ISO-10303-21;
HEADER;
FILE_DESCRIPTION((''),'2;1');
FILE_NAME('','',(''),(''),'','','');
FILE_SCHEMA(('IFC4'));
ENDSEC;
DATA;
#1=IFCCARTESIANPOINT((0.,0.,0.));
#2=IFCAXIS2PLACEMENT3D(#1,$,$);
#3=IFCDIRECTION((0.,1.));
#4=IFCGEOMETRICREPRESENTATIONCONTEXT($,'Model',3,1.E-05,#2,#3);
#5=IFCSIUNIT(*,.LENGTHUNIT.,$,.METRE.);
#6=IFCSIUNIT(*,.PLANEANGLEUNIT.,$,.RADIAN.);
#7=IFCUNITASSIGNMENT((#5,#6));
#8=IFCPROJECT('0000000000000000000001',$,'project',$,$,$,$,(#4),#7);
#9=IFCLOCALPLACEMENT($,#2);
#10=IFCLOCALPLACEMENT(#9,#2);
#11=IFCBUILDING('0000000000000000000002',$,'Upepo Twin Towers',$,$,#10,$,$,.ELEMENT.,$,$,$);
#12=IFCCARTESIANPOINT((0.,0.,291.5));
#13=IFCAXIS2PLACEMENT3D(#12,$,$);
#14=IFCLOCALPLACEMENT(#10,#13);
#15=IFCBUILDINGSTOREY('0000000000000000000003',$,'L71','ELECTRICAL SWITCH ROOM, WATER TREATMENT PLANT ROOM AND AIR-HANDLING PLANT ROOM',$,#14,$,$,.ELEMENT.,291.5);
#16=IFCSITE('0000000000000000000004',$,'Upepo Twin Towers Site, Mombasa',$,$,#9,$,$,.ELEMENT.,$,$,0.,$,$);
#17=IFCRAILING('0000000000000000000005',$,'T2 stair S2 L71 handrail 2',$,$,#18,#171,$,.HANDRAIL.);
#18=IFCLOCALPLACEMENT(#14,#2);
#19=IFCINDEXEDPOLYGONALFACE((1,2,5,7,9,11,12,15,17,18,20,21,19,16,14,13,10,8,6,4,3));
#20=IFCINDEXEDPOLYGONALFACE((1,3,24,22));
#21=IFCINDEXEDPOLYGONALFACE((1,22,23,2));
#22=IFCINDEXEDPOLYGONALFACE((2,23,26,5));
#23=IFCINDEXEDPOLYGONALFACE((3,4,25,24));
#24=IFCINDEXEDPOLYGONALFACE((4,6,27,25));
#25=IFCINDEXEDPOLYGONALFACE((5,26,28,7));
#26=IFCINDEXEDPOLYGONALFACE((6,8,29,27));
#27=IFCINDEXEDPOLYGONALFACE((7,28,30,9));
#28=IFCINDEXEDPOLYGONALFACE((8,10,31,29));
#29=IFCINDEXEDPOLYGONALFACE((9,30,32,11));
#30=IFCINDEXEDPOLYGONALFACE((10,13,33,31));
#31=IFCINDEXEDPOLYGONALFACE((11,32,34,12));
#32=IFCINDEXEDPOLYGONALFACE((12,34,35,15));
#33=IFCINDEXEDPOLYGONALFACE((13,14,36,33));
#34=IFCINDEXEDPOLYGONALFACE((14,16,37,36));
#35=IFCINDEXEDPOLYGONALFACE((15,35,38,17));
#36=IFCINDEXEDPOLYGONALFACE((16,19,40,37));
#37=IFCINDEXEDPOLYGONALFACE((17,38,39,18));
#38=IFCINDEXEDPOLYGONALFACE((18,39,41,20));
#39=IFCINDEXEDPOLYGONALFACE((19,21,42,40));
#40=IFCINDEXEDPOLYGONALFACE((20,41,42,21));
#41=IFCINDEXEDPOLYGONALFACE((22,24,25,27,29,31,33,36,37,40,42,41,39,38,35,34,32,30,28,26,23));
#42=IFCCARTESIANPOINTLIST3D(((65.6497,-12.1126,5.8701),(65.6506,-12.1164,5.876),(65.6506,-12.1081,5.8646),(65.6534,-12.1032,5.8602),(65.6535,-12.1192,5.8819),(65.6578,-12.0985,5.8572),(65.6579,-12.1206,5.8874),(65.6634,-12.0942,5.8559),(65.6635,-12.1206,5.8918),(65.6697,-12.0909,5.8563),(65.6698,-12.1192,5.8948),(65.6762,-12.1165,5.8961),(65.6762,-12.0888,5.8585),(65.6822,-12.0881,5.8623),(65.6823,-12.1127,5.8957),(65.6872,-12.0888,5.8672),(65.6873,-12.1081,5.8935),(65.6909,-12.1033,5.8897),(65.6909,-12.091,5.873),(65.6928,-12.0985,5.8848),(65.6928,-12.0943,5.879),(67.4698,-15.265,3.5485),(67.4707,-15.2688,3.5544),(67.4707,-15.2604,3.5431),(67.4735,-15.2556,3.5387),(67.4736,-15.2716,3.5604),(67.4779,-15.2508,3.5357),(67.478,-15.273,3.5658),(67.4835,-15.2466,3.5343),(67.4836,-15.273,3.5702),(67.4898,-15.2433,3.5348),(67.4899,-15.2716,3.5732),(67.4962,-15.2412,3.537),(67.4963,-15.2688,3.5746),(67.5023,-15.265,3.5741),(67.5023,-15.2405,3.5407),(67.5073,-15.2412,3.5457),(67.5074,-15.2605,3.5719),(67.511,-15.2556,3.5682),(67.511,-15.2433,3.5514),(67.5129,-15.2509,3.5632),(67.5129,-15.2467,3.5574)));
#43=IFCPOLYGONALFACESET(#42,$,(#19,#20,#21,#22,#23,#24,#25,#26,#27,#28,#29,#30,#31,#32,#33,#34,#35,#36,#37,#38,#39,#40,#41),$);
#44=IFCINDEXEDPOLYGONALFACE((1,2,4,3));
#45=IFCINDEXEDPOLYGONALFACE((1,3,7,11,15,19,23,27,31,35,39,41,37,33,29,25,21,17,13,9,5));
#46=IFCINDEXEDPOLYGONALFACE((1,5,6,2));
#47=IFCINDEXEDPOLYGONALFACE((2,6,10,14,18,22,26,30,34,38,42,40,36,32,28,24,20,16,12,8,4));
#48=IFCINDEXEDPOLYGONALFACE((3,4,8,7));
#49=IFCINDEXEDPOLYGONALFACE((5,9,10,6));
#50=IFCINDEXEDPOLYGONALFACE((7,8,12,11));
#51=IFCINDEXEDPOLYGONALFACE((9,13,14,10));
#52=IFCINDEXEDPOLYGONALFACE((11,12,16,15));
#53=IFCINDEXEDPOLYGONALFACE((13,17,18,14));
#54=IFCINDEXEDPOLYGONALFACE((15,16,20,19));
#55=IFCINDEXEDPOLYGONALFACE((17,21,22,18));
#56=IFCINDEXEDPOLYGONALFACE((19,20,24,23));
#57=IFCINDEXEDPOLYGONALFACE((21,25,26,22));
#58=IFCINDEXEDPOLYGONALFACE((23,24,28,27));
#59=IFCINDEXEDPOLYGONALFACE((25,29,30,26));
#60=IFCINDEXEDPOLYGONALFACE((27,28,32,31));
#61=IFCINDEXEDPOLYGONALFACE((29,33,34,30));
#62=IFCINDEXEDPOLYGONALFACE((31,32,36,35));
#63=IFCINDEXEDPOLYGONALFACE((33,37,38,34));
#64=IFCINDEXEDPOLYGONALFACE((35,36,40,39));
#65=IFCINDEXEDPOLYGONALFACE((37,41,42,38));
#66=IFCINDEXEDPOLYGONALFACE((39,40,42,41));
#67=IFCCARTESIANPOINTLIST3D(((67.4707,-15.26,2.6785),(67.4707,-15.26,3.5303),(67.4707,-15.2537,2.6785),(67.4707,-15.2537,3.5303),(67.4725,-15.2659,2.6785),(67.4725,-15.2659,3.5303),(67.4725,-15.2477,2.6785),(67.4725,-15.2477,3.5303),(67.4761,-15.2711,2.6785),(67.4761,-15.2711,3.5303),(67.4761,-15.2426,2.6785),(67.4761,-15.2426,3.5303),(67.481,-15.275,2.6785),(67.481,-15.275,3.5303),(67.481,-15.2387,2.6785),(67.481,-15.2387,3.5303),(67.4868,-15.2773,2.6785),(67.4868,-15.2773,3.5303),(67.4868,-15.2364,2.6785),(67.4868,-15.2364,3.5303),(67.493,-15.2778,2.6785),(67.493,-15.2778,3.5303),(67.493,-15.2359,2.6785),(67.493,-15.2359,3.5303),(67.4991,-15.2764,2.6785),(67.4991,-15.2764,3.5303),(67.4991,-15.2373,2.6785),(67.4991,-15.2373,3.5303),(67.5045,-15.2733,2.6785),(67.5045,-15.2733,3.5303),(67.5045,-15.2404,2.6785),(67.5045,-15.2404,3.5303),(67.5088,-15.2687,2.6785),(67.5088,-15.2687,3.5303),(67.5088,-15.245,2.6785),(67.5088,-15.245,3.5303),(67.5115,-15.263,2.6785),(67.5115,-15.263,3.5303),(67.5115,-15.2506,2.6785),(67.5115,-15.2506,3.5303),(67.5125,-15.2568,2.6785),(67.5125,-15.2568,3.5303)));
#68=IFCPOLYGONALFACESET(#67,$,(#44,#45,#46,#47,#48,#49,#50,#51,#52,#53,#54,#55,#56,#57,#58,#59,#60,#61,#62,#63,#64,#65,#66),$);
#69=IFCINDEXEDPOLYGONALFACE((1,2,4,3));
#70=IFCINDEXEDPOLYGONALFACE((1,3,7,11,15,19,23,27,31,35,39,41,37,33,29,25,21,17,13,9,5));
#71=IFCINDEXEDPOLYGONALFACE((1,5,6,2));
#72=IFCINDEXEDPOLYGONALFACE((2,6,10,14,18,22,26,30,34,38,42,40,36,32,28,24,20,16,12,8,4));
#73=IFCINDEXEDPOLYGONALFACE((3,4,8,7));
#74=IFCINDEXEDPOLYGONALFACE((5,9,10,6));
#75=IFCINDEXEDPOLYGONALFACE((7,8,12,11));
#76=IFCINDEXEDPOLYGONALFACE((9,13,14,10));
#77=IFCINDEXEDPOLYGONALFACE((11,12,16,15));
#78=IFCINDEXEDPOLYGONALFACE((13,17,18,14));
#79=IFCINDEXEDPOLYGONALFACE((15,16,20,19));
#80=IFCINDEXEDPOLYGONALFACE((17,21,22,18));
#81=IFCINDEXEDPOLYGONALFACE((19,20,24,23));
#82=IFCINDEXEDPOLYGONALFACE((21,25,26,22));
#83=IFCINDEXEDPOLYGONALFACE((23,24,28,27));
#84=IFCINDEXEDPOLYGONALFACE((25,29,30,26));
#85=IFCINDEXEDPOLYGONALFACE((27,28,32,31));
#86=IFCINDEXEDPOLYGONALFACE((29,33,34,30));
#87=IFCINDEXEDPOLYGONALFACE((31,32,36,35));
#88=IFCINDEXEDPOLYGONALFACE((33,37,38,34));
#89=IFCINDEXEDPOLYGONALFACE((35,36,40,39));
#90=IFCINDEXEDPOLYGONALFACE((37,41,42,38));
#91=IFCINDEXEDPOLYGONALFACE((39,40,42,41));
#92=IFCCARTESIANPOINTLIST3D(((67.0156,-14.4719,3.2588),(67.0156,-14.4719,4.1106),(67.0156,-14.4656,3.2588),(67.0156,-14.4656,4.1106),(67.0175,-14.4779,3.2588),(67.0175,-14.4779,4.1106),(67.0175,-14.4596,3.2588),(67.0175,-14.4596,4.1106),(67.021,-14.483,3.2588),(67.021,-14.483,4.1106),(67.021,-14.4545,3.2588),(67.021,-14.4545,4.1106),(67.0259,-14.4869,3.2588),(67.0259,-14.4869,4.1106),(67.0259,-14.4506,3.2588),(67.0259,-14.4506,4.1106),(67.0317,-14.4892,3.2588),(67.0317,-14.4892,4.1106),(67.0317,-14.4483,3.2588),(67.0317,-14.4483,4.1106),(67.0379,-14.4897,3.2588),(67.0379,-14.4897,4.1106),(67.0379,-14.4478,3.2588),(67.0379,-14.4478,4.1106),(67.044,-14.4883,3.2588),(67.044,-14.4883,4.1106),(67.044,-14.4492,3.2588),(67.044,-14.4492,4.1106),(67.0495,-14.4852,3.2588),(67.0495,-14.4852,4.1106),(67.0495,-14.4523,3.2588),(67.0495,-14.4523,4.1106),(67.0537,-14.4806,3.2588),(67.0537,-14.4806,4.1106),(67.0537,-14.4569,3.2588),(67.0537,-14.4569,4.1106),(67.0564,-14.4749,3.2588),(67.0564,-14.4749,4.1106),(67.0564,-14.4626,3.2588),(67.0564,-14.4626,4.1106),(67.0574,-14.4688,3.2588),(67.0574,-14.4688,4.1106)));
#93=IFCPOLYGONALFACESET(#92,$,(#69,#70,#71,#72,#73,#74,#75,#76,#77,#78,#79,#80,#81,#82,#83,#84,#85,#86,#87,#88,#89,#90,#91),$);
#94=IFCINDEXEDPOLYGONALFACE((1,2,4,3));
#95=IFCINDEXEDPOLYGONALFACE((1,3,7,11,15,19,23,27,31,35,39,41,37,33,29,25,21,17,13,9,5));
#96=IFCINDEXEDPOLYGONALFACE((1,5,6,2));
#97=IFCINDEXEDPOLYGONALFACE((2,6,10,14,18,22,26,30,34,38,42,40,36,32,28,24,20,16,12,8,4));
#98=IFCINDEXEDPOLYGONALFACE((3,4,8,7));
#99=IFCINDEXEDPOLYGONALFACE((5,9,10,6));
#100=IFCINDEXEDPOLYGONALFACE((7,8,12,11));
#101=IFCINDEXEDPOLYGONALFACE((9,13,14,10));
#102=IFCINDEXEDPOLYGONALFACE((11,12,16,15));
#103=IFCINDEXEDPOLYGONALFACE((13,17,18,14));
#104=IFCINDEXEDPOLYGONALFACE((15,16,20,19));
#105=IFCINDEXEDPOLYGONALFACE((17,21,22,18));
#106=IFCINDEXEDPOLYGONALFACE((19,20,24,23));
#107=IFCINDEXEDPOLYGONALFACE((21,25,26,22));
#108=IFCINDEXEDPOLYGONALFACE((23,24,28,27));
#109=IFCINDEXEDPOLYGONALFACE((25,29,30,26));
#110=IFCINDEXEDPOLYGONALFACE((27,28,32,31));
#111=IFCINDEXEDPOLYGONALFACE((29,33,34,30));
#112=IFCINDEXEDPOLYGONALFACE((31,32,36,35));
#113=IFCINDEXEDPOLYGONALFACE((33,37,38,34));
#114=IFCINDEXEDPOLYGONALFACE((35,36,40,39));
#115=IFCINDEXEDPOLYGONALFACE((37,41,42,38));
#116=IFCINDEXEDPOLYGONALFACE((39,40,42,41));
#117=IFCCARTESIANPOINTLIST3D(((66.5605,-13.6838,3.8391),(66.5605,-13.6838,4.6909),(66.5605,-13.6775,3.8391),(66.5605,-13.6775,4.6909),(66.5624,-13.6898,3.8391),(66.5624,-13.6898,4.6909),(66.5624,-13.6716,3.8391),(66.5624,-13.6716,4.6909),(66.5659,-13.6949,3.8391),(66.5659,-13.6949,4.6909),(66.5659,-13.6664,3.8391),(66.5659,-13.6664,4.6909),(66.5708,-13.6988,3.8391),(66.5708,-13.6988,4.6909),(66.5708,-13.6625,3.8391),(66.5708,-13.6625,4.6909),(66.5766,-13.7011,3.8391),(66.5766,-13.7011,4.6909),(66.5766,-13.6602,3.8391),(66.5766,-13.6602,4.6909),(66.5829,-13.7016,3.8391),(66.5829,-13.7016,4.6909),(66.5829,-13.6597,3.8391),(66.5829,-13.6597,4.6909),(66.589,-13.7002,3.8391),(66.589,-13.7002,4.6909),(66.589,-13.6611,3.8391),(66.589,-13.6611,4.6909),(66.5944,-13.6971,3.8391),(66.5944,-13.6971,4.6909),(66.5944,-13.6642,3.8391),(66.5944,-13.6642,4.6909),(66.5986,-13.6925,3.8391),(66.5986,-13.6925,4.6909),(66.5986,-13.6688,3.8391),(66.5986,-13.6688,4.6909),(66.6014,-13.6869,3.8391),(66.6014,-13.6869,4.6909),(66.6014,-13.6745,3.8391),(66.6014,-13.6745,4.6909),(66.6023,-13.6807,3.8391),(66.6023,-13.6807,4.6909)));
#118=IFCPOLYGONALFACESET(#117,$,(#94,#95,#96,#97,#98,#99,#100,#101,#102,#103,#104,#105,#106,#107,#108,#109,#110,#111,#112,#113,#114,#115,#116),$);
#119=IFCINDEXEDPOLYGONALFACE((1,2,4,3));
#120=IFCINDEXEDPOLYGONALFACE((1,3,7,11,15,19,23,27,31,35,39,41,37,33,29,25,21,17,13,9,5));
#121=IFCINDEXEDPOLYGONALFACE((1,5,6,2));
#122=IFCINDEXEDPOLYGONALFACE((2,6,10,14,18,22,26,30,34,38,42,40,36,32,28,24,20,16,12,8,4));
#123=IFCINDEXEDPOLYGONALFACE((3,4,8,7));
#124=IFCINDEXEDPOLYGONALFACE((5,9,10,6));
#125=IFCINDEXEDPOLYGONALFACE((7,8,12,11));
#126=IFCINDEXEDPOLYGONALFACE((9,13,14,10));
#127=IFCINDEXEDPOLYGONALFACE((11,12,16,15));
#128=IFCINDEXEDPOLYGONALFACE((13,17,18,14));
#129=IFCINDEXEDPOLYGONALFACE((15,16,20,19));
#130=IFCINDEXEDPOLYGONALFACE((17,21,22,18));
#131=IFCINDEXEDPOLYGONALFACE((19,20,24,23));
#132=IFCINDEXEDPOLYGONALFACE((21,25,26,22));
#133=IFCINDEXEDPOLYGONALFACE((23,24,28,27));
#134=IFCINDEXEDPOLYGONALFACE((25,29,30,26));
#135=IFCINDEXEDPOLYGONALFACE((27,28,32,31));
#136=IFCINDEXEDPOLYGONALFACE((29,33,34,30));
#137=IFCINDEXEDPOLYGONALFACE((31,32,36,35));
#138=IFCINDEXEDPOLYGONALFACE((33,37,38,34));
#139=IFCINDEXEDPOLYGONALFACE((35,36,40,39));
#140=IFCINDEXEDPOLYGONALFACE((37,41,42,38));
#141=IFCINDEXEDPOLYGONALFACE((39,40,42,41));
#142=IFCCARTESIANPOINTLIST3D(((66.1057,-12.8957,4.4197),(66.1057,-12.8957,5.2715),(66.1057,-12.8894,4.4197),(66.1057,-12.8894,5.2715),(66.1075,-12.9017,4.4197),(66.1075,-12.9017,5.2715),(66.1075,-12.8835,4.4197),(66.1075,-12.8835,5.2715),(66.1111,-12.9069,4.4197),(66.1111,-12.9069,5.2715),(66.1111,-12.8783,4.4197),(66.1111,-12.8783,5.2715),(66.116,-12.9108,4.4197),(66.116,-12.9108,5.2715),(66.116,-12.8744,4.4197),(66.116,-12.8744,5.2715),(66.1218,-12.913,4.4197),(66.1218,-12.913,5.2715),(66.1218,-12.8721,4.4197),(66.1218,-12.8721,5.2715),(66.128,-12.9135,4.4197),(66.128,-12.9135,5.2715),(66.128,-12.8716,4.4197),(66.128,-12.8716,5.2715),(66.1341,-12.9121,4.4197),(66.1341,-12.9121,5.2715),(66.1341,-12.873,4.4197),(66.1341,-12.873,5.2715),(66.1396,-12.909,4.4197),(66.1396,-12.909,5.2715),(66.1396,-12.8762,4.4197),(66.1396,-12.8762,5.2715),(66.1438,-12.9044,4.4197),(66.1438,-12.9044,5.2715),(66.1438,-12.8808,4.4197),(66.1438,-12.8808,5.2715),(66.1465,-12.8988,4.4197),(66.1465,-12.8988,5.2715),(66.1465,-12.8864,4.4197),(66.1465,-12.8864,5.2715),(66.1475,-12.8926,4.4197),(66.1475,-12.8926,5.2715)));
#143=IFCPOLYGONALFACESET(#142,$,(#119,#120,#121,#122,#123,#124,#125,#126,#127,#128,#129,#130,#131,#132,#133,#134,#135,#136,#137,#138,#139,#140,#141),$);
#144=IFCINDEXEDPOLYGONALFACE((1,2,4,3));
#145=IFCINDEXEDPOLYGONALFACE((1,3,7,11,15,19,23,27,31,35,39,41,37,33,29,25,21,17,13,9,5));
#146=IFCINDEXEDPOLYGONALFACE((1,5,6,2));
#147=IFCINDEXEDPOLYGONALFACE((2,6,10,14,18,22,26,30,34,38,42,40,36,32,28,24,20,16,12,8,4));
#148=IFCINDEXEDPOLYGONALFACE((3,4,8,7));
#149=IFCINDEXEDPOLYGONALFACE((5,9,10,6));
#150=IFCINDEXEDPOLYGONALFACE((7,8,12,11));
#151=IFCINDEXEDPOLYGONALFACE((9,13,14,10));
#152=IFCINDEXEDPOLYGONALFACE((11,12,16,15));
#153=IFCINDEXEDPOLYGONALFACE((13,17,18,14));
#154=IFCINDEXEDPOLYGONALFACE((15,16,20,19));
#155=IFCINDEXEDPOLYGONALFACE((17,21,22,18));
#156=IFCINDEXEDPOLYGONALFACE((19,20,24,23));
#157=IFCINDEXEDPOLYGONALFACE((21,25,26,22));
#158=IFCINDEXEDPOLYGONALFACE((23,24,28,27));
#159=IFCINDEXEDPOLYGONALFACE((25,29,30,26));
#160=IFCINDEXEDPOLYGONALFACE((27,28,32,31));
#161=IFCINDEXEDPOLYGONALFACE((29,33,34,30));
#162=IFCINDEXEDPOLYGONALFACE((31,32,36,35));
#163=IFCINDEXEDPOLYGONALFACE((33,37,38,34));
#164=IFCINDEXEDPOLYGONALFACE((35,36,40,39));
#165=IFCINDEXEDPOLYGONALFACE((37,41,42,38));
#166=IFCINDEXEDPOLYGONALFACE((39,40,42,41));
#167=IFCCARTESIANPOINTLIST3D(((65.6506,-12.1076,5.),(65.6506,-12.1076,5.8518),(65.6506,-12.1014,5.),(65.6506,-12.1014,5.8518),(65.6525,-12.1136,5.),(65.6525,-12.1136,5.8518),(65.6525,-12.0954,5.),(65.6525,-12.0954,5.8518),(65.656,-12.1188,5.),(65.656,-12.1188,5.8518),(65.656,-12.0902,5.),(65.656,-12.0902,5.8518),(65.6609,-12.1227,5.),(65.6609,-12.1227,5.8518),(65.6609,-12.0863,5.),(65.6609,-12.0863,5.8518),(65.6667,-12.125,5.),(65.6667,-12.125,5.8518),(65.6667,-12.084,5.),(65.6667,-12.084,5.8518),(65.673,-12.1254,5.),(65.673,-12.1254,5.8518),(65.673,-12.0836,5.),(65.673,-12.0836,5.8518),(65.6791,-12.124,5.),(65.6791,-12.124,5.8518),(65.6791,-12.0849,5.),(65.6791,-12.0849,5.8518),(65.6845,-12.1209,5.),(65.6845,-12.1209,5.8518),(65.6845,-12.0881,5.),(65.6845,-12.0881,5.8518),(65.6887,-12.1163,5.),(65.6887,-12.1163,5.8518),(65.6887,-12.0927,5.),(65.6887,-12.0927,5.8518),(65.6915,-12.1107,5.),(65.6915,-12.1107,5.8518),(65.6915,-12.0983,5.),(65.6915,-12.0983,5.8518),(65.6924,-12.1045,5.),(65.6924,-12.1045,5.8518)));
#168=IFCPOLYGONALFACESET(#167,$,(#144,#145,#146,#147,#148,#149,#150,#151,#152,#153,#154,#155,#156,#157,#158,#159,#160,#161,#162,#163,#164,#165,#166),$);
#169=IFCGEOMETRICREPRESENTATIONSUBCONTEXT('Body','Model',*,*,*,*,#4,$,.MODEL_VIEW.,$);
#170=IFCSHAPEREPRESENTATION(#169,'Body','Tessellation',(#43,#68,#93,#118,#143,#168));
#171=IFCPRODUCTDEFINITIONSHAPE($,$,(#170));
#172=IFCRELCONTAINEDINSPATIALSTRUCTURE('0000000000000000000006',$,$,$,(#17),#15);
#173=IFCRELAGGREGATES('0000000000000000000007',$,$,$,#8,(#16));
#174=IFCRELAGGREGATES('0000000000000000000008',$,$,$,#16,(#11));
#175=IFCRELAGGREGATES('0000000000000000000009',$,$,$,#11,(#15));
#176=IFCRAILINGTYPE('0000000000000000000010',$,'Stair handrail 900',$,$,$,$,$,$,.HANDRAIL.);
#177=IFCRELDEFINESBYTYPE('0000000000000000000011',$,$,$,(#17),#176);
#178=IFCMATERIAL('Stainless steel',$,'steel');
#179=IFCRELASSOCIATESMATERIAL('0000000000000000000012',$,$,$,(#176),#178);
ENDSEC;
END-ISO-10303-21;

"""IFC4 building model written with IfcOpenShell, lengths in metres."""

from ifc_helpers import new_model, si_unit, direction, frame, origin, origin_2d, place, context, subcontext, project, spatial, circle, extrude, material, type_object, element, save


model = new_model("IFC4")

# Units and contexts
model_context = context("Model", 3, precision=1e-05, world=origin(), true_north=direction((0.0, 1.0)))
body_context = subcontext(model_context, "Body", "Model", "MODEL_VIEW")
ifc_project = project(units=[si_unit("LENGTHUNIT", "METRE"), si_unit("PLANEANGLEUNIT", "RADIAN")], contexts=[model_context])

# Site, building, storey
site_placement = place(None, origin())
site = spatial("IfcSite", under=ifc_project, at=site_placement, Name="Upepo Twin Towers Site, Mombasa", CompositionType="ELEMENT", RefElevation=0.0)
building_placement = place(site_placement, origin())
building = spatial("IfcBuilding", under=site, at=building_placement, Name="Upepo Twin Towers", CompositionType="ELEMENT")
storey_placement = place(building_placement, frame((0.0, 0.0, 291.5)))
storey = spatial("IfcBuildingStorey", under=building, at=storey_placement, Name="L71", Description="ELECTRICAL SWITCH ROOM, WATER TREATMENT PLANT ROOM AND AIR-HANDLING PLANT ROOM", CompositionType="ELEMENT", Elevation=291.5)

# Railing
ifc_material_1 = material(Name="Stainless steel", Category="steel")
railing_type = type_object("IfcRailingType", Name="Stair handrail 900", PredefinedType="HANDRAIL", material=ifc_material_1)
railing_1_placement = place(storey_placement, frame((67.4915, -15.2568, 2.6785)))
element("IfcRailing", 1, at=railing_1_placement, inside=storey, type_object=railing_type, Name="T2 stair S2 L71 handrail 2", PredefinedType="HANDRAIL", context=body_context, shape_type="SweptSolid", body=[
    extrude(circle(Radius=0.0239, at=origin_2d()), frame((0.0, 0.0, 0.876), z_axis=(-0.421572, 0.730159, 0.537723), x_axis=(-0.866018, -0.500013, 0.0)), (0.0, 0.0, 1.0), 4.3174),
    extrude(circle(Radius=0.021, at=origin_2d()), origin(), (0.0, 0.0, 1.0), 0.8518),
    extrude(circle(Radius=0.021, at=origin_2d()), frame((-0.4551, 0.7881, 0.5803)), (0.0, 0.0, 1.0), 0.8518),
    extrude(circle(Radius=0.021, at=origin_2d()), frame((-0.9102, 1.5762, 1.1606)), (0.0, 0.0, 1.0), 0.8518),
    extrude(circle(Radius=0.021, at=origin_2d()), frame((-1.365, 2.3643, 1.7412)), (0.0, 0.0, 1.0), 0.8518),
    extrude(circle(Radius=0.021, at=origin_2d()), frame((-1.8201, 3.1523, 2.3215)), (0.0, 0.0, 1.0), 0.8518),
])

save(model, "model.ifc")
